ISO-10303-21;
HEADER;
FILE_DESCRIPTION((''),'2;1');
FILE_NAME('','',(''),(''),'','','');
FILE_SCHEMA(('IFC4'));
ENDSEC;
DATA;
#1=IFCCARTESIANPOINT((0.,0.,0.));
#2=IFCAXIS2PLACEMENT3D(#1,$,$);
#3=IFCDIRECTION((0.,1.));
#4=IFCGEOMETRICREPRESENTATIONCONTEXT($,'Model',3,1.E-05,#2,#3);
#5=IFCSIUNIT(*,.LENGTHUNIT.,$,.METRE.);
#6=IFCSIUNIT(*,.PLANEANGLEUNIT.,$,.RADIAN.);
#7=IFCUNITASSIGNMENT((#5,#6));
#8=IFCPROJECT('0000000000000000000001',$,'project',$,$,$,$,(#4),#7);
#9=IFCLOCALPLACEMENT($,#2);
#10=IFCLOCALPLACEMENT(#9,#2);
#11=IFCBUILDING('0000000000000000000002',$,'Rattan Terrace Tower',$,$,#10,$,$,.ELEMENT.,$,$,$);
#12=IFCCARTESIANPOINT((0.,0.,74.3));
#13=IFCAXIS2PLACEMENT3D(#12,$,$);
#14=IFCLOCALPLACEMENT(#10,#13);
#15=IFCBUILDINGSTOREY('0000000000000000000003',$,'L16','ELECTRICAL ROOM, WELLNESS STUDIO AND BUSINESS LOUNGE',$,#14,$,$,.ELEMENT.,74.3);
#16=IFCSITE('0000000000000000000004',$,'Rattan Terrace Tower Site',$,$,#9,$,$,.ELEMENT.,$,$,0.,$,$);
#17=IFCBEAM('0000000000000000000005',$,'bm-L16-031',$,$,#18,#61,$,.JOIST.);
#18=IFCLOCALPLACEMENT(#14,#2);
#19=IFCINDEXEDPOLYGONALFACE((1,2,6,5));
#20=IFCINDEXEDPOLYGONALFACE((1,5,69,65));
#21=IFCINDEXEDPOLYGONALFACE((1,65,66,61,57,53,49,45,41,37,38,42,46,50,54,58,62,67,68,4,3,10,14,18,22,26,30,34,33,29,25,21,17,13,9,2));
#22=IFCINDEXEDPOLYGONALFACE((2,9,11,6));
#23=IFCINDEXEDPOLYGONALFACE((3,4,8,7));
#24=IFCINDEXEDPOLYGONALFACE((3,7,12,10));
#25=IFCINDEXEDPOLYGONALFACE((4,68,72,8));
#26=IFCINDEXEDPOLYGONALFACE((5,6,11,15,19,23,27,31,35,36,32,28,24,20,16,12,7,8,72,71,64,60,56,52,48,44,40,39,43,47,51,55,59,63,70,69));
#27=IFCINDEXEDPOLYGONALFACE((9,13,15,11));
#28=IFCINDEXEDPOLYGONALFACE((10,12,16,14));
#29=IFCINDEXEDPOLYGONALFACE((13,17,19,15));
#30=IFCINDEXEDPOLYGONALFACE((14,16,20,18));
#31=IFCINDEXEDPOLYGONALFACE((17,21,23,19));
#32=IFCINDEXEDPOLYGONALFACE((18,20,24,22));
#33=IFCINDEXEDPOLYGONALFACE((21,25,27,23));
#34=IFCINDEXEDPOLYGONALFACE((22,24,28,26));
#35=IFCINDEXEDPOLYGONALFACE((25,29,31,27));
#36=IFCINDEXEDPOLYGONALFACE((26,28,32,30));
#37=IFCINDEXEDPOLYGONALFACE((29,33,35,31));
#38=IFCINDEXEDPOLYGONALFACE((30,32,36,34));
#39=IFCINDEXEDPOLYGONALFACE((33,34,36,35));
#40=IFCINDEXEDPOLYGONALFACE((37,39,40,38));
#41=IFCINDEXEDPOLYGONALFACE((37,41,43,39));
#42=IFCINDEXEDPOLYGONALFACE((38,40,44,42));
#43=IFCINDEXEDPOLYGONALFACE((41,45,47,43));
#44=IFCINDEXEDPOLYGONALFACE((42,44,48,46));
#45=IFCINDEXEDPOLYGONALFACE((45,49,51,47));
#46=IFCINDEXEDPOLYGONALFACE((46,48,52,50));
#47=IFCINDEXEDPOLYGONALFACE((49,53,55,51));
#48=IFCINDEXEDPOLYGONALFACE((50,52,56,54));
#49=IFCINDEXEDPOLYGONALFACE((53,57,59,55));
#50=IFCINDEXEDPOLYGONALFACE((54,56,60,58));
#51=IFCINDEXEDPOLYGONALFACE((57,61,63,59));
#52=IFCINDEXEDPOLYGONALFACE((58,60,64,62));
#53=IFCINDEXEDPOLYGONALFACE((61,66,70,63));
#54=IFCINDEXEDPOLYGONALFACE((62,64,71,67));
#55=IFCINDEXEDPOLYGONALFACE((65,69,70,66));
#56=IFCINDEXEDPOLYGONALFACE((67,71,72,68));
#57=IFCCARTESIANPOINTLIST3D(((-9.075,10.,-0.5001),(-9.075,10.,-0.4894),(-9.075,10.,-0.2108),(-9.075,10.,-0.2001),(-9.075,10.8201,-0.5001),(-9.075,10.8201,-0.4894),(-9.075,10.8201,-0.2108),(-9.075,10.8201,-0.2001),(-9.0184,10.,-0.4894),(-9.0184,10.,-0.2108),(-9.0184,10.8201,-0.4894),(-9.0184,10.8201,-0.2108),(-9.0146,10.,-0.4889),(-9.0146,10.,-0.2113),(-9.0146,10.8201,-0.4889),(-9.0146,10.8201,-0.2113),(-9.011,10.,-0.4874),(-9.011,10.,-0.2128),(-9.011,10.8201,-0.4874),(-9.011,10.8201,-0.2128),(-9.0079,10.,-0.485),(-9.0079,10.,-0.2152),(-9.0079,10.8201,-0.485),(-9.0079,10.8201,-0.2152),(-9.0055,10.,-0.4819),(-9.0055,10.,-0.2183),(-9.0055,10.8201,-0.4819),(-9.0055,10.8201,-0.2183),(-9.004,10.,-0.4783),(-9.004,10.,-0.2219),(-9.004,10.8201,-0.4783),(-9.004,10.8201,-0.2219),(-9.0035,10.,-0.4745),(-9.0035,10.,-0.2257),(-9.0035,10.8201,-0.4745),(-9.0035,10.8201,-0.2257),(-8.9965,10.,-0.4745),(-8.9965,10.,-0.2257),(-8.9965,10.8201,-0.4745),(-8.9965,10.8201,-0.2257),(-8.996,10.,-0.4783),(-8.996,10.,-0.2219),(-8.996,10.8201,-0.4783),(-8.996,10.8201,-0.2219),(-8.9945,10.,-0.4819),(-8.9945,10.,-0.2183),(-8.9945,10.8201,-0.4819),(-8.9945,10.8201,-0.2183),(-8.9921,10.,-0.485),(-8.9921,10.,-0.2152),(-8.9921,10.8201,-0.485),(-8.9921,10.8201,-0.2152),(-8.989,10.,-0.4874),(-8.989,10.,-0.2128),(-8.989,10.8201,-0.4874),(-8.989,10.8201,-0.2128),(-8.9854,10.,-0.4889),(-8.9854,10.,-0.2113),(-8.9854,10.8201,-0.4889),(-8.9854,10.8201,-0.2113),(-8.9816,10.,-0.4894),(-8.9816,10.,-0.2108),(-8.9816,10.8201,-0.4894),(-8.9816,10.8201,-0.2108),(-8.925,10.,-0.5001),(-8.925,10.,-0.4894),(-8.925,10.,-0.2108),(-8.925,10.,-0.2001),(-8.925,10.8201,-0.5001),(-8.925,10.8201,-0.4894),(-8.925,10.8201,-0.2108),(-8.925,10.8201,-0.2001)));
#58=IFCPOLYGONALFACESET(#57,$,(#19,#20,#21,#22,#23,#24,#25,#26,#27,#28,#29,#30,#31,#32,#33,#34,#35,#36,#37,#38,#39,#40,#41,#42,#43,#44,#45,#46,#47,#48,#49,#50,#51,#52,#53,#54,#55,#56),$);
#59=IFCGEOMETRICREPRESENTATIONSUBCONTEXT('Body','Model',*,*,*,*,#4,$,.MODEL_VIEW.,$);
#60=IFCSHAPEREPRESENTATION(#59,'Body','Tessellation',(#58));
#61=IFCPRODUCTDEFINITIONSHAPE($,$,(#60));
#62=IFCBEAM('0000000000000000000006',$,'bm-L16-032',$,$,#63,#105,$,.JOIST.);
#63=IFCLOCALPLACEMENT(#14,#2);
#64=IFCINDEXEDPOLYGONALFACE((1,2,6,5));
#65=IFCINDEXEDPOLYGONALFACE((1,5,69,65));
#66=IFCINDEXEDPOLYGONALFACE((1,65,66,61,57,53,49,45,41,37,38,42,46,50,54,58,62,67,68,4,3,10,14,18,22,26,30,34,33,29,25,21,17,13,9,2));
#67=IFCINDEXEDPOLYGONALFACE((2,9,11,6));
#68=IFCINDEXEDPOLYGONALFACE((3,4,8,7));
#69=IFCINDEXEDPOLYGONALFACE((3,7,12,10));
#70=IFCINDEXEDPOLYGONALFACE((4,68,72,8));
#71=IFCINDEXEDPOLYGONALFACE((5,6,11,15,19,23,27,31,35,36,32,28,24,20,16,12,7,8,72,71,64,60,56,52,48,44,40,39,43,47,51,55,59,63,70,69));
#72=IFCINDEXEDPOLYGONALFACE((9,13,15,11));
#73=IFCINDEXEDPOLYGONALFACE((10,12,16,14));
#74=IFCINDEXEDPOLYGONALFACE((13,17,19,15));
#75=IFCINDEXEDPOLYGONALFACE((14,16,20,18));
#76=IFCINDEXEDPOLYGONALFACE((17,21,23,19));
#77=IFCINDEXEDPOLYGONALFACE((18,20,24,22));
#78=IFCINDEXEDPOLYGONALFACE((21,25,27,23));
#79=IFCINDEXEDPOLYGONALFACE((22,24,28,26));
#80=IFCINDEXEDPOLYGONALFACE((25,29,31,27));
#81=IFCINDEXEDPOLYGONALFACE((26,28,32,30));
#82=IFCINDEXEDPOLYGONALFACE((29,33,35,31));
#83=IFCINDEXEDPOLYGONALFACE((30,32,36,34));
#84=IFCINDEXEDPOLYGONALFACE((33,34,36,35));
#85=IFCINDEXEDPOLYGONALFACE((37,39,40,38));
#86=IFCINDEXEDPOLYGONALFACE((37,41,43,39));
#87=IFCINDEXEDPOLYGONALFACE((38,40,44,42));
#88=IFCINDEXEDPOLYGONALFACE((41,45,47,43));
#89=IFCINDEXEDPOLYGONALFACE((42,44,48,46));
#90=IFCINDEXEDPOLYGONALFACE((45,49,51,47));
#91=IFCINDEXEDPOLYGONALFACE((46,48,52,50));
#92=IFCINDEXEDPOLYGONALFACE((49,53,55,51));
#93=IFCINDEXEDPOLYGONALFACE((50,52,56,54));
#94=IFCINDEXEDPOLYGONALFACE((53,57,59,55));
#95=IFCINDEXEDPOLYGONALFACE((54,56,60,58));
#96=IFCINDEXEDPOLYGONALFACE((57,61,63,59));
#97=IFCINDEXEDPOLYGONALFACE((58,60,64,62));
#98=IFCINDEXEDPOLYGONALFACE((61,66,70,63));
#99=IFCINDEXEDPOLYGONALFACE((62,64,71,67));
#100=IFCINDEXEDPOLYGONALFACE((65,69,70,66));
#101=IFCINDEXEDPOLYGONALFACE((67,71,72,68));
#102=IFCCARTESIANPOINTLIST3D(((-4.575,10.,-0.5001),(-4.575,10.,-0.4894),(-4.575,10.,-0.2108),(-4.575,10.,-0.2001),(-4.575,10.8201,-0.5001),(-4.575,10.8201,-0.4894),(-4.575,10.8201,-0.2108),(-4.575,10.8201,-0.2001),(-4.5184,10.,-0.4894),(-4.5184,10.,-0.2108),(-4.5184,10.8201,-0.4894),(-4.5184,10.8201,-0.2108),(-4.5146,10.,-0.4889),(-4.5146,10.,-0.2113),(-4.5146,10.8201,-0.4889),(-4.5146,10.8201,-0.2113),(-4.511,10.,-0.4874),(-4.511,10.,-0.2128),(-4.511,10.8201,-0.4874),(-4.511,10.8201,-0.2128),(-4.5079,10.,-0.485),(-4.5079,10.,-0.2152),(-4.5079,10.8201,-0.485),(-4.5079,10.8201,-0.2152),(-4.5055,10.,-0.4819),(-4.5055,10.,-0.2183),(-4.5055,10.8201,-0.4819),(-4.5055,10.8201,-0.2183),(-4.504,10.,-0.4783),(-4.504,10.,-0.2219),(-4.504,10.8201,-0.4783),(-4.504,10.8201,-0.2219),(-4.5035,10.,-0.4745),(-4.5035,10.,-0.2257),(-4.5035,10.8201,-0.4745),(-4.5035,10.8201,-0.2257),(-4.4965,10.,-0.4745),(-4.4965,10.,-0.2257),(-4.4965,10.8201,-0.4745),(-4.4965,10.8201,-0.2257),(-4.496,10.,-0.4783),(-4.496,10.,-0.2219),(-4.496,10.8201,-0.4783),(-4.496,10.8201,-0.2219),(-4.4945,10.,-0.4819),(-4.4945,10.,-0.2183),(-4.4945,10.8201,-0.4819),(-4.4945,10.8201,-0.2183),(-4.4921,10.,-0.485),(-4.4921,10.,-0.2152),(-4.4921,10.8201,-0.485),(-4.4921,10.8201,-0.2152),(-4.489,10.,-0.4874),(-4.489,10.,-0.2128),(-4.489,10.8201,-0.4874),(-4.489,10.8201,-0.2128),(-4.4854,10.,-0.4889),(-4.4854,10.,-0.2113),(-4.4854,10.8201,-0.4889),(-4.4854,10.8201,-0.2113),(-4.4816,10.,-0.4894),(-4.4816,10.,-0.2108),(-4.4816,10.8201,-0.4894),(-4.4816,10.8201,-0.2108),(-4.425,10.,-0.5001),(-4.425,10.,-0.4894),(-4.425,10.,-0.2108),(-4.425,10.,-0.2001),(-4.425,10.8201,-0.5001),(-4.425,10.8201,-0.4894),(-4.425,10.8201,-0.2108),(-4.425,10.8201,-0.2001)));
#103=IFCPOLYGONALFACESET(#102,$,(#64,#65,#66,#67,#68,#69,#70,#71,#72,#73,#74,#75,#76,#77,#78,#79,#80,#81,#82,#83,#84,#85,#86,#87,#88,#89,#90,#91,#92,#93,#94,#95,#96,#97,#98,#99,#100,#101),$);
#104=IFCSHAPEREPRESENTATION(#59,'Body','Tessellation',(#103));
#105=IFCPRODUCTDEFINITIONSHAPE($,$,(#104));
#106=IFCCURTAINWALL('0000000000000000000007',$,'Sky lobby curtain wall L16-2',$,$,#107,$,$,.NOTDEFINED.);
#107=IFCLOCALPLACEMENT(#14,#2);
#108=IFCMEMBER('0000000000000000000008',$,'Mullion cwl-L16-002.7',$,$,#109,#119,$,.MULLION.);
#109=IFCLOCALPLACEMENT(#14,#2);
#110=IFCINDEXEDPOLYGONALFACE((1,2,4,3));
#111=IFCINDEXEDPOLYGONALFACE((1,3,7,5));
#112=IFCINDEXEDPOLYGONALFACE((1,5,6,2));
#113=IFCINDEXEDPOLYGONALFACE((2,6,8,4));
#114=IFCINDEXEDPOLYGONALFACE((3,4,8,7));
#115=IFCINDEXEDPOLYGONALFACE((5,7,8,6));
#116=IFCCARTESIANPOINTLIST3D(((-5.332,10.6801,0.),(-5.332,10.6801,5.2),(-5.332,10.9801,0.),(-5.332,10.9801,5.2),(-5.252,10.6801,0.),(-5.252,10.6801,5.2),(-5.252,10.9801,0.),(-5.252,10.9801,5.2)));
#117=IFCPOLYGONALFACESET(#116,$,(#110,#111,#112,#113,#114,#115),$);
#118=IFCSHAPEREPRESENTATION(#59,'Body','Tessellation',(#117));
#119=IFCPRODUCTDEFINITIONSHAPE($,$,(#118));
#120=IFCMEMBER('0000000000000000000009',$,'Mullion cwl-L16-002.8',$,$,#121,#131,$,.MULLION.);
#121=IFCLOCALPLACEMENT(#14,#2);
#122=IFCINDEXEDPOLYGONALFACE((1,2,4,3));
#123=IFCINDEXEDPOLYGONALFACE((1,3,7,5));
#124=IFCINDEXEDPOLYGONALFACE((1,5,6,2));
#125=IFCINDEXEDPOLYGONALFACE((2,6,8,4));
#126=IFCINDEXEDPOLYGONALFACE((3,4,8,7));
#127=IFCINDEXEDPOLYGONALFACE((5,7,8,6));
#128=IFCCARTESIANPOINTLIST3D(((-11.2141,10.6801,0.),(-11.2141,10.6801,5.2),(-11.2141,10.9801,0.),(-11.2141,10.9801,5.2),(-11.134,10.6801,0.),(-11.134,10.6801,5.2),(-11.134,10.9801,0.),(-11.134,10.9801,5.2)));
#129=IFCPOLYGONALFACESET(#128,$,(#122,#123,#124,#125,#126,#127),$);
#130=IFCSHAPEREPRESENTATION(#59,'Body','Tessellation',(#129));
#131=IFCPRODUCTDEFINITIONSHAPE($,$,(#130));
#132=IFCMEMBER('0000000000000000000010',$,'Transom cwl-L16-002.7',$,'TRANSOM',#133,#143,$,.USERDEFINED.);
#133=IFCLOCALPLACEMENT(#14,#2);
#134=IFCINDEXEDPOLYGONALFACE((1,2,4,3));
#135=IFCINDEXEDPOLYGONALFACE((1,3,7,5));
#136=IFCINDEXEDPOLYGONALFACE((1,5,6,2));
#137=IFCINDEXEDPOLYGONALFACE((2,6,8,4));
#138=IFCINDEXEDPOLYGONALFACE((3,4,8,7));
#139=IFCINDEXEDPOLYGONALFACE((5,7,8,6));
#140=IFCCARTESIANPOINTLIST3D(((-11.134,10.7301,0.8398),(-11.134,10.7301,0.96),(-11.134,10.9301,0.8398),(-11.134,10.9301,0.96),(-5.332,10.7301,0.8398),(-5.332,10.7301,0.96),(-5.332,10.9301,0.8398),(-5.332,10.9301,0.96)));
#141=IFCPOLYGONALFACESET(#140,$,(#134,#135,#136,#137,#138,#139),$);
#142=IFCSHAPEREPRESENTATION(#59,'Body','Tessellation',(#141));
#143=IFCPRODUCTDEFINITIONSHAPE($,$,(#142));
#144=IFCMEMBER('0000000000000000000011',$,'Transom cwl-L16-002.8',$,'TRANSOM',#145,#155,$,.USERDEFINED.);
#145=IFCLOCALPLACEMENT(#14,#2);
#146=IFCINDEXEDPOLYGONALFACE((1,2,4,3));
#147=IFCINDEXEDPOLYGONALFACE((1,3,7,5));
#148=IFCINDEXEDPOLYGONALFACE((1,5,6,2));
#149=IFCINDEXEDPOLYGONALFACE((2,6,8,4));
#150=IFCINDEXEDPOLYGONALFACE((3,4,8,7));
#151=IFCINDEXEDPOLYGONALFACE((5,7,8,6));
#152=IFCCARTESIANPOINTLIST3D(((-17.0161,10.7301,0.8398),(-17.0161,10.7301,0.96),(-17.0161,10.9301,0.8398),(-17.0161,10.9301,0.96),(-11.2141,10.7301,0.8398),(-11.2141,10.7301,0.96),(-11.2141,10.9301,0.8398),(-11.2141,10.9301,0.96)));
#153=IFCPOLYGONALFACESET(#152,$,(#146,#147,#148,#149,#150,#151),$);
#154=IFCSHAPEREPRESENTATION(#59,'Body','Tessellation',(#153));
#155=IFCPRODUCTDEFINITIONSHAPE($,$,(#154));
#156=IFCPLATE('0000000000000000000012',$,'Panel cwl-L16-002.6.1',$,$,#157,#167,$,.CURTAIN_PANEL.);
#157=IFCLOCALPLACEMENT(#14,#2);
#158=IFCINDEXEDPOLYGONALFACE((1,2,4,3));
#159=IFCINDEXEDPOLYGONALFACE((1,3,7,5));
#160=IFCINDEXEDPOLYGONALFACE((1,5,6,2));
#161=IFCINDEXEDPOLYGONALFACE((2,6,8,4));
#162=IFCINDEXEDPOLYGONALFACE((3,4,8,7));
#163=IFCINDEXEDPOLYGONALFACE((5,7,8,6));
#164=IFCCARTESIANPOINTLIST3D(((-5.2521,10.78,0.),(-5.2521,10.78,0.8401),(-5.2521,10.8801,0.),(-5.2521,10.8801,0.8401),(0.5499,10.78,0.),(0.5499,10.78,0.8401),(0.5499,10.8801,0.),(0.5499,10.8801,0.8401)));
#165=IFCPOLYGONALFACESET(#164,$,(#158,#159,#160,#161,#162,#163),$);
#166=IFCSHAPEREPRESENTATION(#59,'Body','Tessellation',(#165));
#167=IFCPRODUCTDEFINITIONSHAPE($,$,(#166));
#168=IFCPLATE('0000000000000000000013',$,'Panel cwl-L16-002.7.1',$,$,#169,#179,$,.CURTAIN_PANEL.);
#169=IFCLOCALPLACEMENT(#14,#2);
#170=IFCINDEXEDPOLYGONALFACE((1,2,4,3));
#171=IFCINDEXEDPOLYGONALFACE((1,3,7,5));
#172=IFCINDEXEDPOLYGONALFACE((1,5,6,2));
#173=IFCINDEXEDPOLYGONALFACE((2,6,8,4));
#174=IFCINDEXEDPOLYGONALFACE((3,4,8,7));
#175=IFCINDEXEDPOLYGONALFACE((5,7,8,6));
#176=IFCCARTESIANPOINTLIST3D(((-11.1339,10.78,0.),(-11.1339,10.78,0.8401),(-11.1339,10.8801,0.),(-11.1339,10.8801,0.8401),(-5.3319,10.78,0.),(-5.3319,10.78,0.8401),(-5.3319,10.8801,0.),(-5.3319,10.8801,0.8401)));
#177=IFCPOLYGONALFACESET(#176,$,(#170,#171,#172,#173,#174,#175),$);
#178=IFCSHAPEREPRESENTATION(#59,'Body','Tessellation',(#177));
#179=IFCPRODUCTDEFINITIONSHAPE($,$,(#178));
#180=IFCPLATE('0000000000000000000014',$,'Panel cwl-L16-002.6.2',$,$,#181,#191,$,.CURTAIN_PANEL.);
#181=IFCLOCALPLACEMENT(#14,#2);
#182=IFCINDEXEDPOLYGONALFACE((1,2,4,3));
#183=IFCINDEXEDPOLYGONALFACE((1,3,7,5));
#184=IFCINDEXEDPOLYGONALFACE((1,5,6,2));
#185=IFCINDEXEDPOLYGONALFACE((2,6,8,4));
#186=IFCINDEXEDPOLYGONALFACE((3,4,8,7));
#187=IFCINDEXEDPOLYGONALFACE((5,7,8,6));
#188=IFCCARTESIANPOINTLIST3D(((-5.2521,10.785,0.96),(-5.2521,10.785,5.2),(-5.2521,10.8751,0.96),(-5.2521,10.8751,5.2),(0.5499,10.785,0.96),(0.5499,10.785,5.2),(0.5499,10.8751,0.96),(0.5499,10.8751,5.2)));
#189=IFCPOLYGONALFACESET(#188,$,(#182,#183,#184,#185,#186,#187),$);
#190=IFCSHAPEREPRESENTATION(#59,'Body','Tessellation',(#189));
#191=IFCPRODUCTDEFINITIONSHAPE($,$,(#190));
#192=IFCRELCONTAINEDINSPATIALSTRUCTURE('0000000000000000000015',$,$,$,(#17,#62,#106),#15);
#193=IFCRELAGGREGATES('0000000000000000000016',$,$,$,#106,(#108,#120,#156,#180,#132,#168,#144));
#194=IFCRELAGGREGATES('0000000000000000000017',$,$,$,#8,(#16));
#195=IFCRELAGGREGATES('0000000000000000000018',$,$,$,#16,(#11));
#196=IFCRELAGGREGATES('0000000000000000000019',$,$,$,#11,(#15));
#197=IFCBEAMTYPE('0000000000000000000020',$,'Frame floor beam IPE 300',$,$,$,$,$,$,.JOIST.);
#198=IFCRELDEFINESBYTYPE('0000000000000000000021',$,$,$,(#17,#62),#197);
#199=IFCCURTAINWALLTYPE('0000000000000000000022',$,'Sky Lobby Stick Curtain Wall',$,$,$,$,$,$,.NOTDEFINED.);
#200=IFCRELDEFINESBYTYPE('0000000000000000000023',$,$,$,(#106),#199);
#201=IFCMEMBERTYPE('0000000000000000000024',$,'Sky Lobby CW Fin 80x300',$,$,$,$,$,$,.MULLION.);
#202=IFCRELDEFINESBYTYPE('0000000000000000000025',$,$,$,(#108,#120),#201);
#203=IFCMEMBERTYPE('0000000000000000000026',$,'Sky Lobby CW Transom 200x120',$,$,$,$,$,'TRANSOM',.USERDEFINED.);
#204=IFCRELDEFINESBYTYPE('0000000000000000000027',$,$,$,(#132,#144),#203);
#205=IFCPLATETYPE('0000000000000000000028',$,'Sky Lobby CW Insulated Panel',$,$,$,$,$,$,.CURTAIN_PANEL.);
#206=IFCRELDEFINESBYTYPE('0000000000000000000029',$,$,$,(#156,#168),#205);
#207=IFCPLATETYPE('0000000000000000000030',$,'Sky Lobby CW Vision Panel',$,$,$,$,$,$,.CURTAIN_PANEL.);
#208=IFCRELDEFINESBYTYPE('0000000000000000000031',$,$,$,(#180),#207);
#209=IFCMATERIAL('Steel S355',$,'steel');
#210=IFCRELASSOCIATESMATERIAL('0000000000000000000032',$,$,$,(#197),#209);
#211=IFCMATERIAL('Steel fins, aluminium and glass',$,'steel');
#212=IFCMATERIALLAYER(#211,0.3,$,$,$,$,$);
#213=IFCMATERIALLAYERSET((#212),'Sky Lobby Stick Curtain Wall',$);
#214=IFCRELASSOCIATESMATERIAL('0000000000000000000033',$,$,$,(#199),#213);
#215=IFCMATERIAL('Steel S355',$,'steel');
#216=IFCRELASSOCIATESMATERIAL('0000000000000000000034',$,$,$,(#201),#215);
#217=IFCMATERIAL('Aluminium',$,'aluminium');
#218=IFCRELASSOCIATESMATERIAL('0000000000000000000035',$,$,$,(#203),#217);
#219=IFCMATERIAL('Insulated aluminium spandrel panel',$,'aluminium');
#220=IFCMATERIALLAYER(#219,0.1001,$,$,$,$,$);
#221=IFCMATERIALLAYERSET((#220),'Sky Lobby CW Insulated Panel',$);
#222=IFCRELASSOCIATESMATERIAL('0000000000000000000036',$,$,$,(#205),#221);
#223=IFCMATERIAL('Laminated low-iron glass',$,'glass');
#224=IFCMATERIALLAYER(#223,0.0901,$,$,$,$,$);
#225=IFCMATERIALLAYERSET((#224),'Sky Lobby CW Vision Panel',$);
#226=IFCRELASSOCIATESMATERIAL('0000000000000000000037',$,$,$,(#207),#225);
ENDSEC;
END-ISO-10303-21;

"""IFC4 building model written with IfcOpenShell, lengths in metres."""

from ifc_helpers import new_model, si_unit, direction, frame, origin, origin_2d, place, context, subcontext, project, spatial, rectangle, i_section, extrude, material, layer, layer_set, material_profile, profile_set, type_object, element, aggregate, save


model = new_model("IFC4")

# Units and contexts
model_context = context("Model", 3, precision=1e-05, world=origin(), true_north=direction((0.0, 1.0)))
body_context = subcontext(model_context, "Body", "Model", "MODEL_VIEW")
ifc_project = project(units=[si_unit("LENGTHUNIT", "METRE"), si_unit("PLANEANGLEUNIT", "RADIAN")], contexts=[model_context])

# Site, building, storey
site_placement = place(None, origin())
site = spatial("IfcSite", under=ifc_project, at=site_placement, Name="Rattan Terrace Tower Site", CompositionType="ELEMENT", RefElevation=0.0)
building_placement = place(site_placement, origin())
building = spatial("IfcBuilding", under=site, at=building_placement, Name="Rattan Terrace Tower", CompositionType="ELEMENT")
storey_placement = place(building_placement, frame((0.0, 0.0, 74.3)))
storey = spatial("IfcBuildingStorey", under=building, at=storey_placement, Name="L16", Description="ELECTRICAL ROOM, WELLNESS STUDIO AND BUSINESS LOUNGE", CompositionType="ELEMENT", Elevation=74.3)

# Beams
ifc_material_1 = material(Name="Steel S355", Category="steel")
ifc_material_profile_1 = material_profile(ifc_material_1, i_section(OverallWidth=0.1499, OverallDepth=0.3, WebThickness=0.0071, FlangeThickness=0.0107, FilletRadius=0.0149, at=origin_2d()), Name="IPE 300")
ifc_profile_set_1 = profile_set([ifc_material_profile_1], Name="Steel S355")
beam_type = type_object("IfcBeamType", Name="Frame floor beam IPE 300", PredefinedType="JOIST", material=ifc_profile_set_1)
for number, where, z_axis, x_axis, name in (
    (1, (-9.0, 10.0, -0.3501), (0.0, 1.0, 0.0), (-1.0, 0.0, 0.0), "bm-L16-031"),
    (2, (-4.5, 10.0, -0.3501), (0.0, 1.0, 0.0), (-1.0, 0.0, 0.0), "bm-L16-032"),
):
    element("IfcBeam", number, at=place(storey_placement, frame(where, z_axis=z_axis, x_axis=x_axis)), inside=storey, type_object=beam_type, Name=name, PredefinedType="JOIST", context=body_context, shape_type="SweptSolid", body=[
        extrude(i_section(OverallWidth=0.1499, OverallDepth=0.3, WebThickness=0.0071, FlangeThickness=0.0107, FilletRadius=0.0149, at=origin_2d()), origin(), (0.0, 0.0, 1.0), 0.8201),
    ])

# Curtain wall, members, plates
ifc_material_2 = material(Name="Steel fins, aluminium and glass", Category="steel")
ifc_layer_1 = layer(ifc_material_2, 0.3)
ifc_layer_set_1 = layer_set([ifc_layer_1], Name="Sky Lobby Stick Curtain Wall")
curtain_wall_type = type_object("IfcCurtainWallType", Name="Sky Lobby Stick Curtain Wall", PredefinedType="NOTDEFINED", material=ifc_layer_set_1)
curtain_wall_placement = place(storey_placement, origin())
curtain_wall = element("IfcCurtainWall", 3, at=curtain_wall_placement, inside=storey, type_object=curtain_wall_type, Name="Sky lobby curtain wall L16-2", PredefinedType="NOTDEFINED")
ifc_material_3 = material(Name="Steel S355", Category="steel")
ifc_material_profile_2 = material_profile(ifc_material_3, rectangle(XDim=0.0801, YDim=0.3, at=origin_2d()), Name="Steel S355 80x300")
ifc_profile_set_2 = profile_set([ifc_material_profile_2], Name="Steel S355")
member_type_1 = type_object("IfcMemberType", Name="Sky Lobby CW Fin 80x300", PredefinedType="MULLION", material=ifc_profile_set_2)
member_1_placement = place(storey_placement, frame((-5.292, 10.8301, 0.0), z_axis=(0.0, 0.0, 1.0), x_axis=(-1.0, 0.0, 0.0)))
member_1 = element("IfcMember", 4, at=member_1_placement, type_object=member_type_1, Name="Mullion cwl-L16-002.7", PredefinedType="MULLION", context=body_context, shape_type="SweptSolid", body=[
    extrude(rectangle(XDim=0.0801, YDim=0.3, at=origin_2d()), origin(), (0.0, 0.0, 1.0), 5.2),
])
member_2_placement = place(storey_placement, frame((-11.1741, 10.8301, 0.0), z_axis=(0.0, 0.0, 1.0), x_axis=(-1.0, 0.0, 0.0)))
member_2 = element("IfcMember", 5, at=member_2_placement, type_object=member_type_1, Name="Mullion cwl-L16-002.8", PredefinedType="MULLION", context=body_context, shape_type="SweptSolid", body=[
    extrude(rectangle(XDim=0.0801, YDim=0.3, at=origin_2d()), origin(), (0.0, 0.0, 1.0), 5.2),
])
ifc_material_4 = material(Name="Aluminium", Category="aluminium")
ifc_material_profile_3 = material_profile(ifc_material_4, rectangle(XDim=0.2, YDim=0.1201, at=origin_2d()), Name="Aluminium 200x120")
ifc_profile_set_3 = profile_set([ifc_material_profile_3], Name="Aluminium")
member_type_2 = type_object("IfcMemberType", Name="Sky Lobby CW Transom 200x120", ElementType="TRANSOM", PredefinedType="USERDEFINED", material=ifc_profile_set_3)
member_3_placement = place(storey_placement, frame((-5.332, 10.8301, 0.8999), z_axis=(-1.0, 0.0, 0.0), x_axis=(0.0, -1.0, 0.0)))
member_3 = element("IfcMember", 6, at=member_3_placement, type_object=member_type_2, Name="Transom cwl-L16-002.7", ObjectType="TRANSOM", PredefinedType="USERDEFINED", context=body_context, shape_type="SweptSolid", body=[
    extrude(rectangle(XDim=0.2, YDim=0.1201, at=origin_2d()), origin(), (0.0, 0.0, 1.0), 5.802),
])
member_4_placement = place(storey_placement, frame((-11.2141, 10.8301, 0.8999), z_axis=(-1.0, 0.0, 0.0), x_axis=(0.0, -1.0, 0.0)))
member_4 = element("IfcMember", 7, at=member_4_placement, type_object=member_type_2, Name="Transom cwl-L16-002.8", ObjectType="TRANSOM", PredefinedType="USERDEFINED", context=body_context, shape_type="SweptSolid", body=[
    extrude(rectangle(XDim=0.2, YDim=0.1201, at=origin_2d()), origin(), (0.0, 0.0, 1.0), 5.802),
])
ifc_material_5 = material(Name="Insulated aluminium spandrel panel", Category="aluminium")
ifc_layer_2 = layer(ifc_material_5, 0.1001)
ifc_layer_set_2 = layer_set([ifc_layer_2], Name="Sky Lobby CW Insulated Panel")
plate_type_1 = type_object("IfcPlateType", Name="Sky Lobby CW Insulated Panel", PredefinedType="CURTAIN_PANEL", material=ifc_layer_set_2)
plate_1_placement = place(storey_placement, frame((-2.3511, 10.8301, 0.0), z_axis=(0.0, 0.0, 1.0), x_axis=(-1.0, 0.0, 0.0)))
plate_1 = element("IfcPlate", 8, at=plate_1_placement, type_object=plate_type_1, Name="Panel cwl-L16-002.6.1", PredefinedType="CURTAIN_PANEL", context=body_context, shape_type="SweptSolid", body=[
    extrude(rectangle(XDim=5.802, YDim=0.1001, at=origin_2d()), origin(), (0.0, 0.0, 1.0), 0.8401),
])
plate_2_placement = place(storey_placement, frame((-8.2329, 10.8301, 0.0), z_axis=(0.0, 0.0, 1.0), x_axis=(-1.0, 0.0, 0.0)))
plate_2 = element("IfcPlate", 9, at=plate_2_placement, type_object=plate_type_1, Name="Panel cwl-L16-002.7.1", PredefinedType="CURTAIN_PANEL", context=body_context, shape_type="SweptSolid", body=[
    extrude(rectangle(XDim=5.802, YDim=0.1001, at=origin_2d()), origin(), (0.0, 0.0, 1.0), 0.8401),
])
ifc_material_6 = material(Name="Laminated low-iron glass", Category="glass")
ifc_layer_3 = layer(ifc_material_6, 0.0901)
ifc_layer_set_3 = layer_set([ifc_layer_3], Name="Sky Lobby CW Vision Panel")
plate_type_2 = type_object("IfcPlateType", Name="Sky Lobby CW Vision Panel", PredefinedType="CURTAIN_PANEL", material=ifc_layer_set_3)
plate_3_placement = place(storey_placement, frame((-2.3511, 10.8301, 0.96), z_axis=(0.0, 0.0, 1.0), x_axis=(-1.0, 0.0, 0.0)))
plate_3 = element("IfcPlate", 10, at=plate_3_placement, type_object=plate_type_2, Name="Panel cwl-L16-002.6.2", PredefinedType="CURTAIN_PANEL", context=body_context, shape_type="SweptSolid", body=[
    extrude(rectangle(XDim=5.802, YDim=0.0901, at=origin_2d()), origin(), (0.0, 0.0, 1.0), 4.24),
])
aggregate(curtain_wall, [member_1, member_2, plate_1, plate_3, member_3, plate_2, member_4])

save(model, "model.ifc")
